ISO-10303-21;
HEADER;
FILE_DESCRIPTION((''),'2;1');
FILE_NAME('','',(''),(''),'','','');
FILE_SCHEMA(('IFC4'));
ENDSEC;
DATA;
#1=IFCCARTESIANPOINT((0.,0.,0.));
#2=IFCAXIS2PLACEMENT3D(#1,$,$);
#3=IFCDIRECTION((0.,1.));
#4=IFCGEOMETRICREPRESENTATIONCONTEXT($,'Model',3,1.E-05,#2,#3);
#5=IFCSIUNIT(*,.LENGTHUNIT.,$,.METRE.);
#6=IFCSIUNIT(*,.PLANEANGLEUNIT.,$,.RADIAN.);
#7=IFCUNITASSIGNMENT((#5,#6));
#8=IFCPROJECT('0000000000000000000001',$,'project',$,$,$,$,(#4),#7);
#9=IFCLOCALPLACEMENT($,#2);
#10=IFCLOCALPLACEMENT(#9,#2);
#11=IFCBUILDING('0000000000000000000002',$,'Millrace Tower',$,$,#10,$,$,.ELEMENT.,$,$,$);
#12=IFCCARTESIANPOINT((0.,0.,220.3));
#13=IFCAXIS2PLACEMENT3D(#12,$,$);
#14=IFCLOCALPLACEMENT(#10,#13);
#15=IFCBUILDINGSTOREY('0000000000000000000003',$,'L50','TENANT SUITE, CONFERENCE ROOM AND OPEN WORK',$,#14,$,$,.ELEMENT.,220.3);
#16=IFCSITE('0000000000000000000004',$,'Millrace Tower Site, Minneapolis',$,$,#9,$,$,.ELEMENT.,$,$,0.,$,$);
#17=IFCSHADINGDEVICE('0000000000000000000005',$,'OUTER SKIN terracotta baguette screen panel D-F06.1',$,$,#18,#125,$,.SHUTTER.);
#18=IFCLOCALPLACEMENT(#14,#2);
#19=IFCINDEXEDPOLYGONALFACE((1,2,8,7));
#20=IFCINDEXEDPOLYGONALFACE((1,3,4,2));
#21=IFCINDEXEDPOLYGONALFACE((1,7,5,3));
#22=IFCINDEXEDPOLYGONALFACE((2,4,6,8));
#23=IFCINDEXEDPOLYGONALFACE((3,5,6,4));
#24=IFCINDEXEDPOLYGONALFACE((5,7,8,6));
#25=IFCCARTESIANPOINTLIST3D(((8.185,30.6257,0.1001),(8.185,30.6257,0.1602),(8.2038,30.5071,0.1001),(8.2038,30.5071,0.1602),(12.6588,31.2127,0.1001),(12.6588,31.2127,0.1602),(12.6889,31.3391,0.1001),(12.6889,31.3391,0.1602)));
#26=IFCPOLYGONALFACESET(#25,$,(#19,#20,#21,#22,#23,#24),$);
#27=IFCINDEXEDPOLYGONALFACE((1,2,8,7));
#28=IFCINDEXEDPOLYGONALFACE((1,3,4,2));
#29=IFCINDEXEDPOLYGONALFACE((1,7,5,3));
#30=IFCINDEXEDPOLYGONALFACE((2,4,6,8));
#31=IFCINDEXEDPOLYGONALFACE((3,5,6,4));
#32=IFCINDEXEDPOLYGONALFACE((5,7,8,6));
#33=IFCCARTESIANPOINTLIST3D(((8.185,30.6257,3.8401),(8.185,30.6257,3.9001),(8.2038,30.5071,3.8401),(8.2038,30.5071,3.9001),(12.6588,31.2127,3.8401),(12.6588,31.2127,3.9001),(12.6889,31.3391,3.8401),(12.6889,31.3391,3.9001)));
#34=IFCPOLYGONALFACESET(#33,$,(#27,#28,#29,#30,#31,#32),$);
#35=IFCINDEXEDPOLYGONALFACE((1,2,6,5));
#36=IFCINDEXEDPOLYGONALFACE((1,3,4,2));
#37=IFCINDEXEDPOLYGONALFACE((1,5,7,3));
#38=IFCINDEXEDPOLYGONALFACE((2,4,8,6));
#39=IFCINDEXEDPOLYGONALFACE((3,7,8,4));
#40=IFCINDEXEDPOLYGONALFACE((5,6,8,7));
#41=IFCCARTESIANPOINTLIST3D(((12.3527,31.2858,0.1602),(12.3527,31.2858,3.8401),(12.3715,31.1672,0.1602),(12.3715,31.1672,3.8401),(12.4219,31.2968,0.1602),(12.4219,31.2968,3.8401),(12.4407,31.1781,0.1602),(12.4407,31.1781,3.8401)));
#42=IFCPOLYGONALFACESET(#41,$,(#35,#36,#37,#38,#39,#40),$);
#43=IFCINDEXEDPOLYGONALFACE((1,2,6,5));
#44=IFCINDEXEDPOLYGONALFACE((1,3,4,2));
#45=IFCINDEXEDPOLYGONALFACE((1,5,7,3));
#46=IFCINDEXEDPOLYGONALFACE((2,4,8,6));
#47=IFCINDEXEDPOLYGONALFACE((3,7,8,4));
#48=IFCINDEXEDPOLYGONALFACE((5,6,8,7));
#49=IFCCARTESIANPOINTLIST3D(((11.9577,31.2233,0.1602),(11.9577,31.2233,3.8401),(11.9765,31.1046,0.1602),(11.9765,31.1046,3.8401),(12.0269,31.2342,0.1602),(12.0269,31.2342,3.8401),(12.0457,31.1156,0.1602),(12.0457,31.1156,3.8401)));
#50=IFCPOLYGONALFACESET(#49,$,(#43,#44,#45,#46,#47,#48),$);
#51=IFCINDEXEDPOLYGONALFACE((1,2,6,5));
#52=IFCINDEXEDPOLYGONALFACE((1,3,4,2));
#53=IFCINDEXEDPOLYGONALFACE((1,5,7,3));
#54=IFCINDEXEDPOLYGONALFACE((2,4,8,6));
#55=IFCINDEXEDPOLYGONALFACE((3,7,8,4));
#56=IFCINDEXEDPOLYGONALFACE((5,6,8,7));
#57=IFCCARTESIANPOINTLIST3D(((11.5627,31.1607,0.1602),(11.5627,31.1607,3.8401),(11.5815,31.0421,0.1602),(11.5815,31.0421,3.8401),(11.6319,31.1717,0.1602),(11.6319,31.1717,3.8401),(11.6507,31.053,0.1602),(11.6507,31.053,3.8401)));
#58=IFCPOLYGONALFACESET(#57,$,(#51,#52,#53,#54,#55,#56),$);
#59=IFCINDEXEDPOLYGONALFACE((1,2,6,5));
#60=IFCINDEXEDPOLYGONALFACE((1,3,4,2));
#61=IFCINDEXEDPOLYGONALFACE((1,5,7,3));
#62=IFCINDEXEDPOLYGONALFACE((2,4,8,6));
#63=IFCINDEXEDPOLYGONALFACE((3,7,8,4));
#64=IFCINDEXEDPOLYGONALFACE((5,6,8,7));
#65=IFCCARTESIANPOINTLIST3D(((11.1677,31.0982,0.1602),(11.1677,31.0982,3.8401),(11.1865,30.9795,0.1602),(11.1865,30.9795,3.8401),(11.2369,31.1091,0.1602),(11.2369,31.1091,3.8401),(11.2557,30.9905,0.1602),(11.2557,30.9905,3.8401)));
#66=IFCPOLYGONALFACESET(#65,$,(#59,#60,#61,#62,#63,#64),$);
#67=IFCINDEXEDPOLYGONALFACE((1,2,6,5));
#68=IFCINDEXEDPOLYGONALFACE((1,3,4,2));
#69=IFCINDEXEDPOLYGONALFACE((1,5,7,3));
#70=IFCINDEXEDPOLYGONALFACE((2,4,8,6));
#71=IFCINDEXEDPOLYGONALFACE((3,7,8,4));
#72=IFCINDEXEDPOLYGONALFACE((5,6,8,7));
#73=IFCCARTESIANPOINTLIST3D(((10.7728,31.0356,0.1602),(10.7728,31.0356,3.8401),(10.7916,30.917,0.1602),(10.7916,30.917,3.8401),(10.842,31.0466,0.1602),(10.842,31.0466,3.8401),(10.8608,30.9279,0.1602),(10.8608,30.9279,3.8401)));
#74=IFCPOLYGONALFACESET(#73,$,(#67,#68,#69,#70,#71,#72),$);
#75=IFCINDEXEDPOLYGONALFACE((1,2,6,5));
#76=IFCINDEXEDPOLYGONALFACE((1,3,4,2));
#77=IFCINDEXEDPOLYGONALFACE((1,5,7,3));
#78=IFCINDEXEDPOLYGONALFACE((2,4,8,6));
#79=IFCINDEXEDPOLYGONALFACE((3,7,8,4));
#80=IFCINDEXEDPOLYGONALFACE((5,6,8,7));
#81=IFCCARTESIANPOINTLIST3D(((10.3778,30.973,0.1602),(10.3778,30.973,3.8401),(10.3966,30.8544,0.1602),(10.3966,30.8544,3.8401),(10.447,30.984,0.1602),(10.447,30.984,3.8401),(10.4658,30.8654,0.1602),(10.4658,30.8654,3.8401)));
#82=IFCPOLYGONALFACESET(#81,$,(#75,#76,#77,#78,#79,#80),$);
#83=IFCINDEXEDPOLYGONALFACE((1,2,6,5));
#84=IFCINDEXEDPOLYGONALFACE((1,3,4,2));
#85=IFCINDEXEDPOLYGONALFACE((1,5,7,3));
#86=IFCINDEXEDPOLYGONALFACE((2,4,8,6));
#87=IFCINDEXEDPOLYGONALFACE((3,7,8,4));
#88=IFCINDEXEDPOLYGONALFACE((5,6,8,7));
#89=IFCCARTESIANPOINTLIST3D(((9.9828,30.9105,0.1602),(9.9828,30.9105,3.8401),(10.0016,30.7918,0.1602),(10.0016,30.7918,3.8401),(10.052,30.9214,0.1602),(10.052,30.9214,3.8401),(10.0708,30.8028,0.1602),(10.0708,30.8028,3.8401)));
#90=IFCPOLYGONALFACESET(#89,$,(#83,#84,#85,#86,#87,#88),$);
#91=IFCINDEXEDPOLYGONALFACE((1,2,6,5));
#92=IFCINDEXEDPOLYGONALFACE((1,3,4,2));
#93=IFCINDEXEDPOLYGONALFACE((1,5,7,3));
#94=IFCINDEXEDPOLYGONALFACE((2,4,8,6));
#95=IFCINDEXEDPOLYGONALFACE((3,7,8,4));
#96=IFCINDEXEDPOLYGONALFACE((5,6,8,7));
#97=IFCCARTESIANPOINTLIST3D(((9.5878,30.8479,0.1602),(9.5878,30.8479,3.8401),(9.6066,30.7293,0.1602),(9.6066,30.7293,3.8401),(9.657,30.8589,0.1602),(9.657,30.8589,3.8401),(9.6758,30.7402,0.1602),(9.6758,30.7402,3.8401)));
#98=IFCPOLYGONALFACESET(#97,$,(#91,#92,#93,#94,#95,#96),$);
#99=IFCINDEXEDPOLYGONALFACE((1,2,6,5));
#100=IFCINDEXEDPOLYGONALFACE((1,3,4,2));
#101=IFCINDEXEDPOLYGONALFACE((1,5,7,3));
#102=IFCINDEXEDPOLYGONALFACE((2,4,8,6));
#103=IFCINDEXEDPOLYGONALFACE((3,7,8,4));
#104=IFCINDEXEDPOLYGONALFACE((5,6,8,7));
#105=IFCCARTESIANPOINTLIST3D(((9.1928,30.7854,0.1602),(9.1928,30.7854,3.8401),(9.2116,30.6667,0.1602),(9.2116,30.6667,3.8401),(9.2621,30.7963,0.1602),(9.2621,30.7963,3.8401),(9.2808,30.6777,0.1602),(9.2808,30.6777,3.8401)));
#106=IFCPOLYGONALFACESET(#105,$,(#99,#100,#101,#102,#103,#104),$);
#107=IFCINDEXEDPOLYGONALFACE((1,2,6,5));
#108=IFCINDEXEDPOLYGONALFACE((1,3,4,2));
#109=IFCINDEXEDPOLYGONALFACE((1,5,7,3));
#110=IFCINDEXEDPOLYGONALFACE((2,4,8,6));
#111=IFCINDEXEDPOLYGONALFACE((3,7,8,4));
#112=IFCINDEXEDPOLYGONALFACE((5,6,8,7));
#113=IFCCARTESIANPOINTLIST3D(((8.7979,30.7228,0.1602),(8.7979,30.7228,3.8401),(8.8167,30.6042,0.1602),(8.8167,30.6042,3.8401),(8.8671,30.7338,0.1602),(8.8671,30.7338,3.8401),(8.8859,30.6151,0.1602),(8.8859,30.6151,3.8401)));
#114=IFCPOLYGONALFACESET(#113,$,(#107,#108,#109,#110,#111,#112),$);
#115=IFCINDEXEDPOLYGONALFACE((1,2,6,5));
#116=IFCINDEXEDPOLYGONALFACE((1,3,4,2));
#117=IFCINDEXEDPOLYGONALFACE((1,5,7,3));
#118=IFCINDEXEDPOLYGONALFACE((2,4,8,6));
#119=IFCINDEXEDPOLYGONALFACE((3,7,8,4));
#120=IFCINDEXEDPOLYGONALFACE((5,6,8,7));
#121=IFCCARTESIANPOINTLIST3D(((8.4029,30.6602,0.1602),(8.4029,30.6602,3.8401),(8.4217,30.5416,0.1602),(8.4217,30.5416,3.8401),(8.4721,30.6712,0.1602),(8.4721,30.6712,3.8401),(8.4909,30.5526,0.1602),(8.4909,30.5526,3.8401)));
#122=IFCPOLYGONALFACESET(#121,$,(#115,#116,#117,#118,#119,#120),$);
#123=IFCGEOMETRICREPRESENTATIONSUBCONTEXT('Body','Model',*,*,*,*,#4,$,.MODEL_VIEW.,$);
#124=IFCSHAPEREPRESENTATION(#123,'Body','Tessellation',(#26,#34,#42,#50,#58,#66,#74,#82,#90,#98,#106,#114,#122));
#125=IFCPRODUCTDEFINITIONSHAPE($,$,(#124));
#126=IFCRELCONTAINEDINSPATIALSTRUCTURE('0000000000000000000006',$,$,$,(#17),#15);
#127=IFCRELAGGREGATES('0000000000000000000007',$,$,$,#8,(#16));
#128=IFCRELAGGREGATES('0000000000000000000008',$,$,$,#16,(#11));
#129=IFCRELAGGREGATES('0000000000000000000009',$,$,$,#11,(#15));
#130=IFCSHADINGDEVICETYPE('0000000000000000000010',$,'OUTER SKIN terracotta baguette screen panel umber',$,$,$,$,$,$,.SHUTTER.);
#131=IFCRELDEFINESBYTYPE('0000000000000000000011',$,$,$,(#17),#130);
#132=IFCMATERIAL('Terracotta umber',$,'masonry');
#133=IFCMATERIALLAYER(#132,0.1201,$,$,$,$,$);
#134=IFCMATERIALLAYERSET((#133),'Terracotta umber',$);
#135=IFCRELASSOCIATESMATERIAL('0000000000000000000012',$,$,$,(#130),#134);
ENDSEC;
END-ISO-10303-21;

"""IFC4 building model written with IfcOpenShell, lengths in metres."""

from ifc_helpers import new_model, entity, si_unit, direction, frame, frame_2d, origin, place, context, subcontext, project, spatial, rectangle, extrude, source, transform, mapped, material, layer, layer_set, type_object, element, save


model = new_model("IFC4")

# Units and contexts
model_context = context("Model", 3, precision=1e-05, world=origin(), true_north=direction((0.0, 1.0)))
body_context = subcontext(model_context, "Body", "Model", "MODEL_VIEW")
ifc_project = project(units=[si_unit("LENGTHUNIT", "METRE"), si_unit("PLANEANGLEUNIT", "RADIAN")], contexts=[model_context])

# Site, building, storey
site_placement = place(None, origin())
site = spatial("IfcSite", under=ifc_project, at=site_placement, Name="Millrace Tower Site, Minneapolis", CompositionType="ELEMENT", RefElevation=0.0)
building_placement = place(site_placement, origin())
building = spatial("IfcBuilding", under=site, at=building_placement, Name="Millrace Tower", CompositionType="ELEMENT")
storey_placement = place(building_placement, frame((0.0, 0.0, 220.3)))
storey = spatial("IfcBuildingStorey", under=building, at=storey_placement, Name="L50", Description="TENANT SUITE, CONFERENCE ROOM AND OPEN WORK", CompositionType="ELEMENT", Elevation=220.3)

# Shading device
ifc_material_1 = material(Name="Terracotta umber", Category="masonry")
ifc_layer_1 = layer(ifc_material_1, 0.1201)
ifc_layer_set_1 = layer_set([ifc_layer_1], Name="Terracotta umber")
shading_device_type = type_object("IfcShadingDeviceType", Name="OUTER SKIN terracotta baguette screen panel umber", PredefinedType="SHUTTER", material=ifc_layer_set_1)
cartesian_point_1 = entity("IfcCartesianPoint", [-2.2429, 0.0601])
shared_polyline_1 = entity("IfcPolyline", [cartesian_point_1, entity("IfcCartesianPoint", [2.2676, 0.0601]), entity("IfcCartesianPoint", [2.2676, -0.0601]), entity("IfcCartesianPoint", [-2.2925, -0.0601]), cartesian_point_1])
shared_shape_1 = source(origin(), body_context, "Body", "SweptSolid", [
    entity("IfcExtrudedAreaSolid", entity("IfcArbitraryClosedProfileDef", "AREA", None, shared_polyline_1), entity("IfcAxis2Placement3D", entity("IfcCartesianPoint", [0.0, 0.0, 0.0])), entity("IfcDirection", [0.0, 0.0, 1.0]), 0.0601),
    entity("IfcExtrudedAreaSolid", entity("IfcArbitraryClosedProfileDef", "AREA", None, shared_polyline_1), entity("IfcAxis2Placement3D", entity("IfcCartesianPoint", [0.0, 0.0, 3.74])), entity("IfcDirection", [0.0, 0.0, 1.0]), 0.0601),
    extrude(rectangle(XDim=0.0701, YDim=0.1201, at=frame_2d((-1.9871, 0.0))), frame((0.0, 0.0, 0.0601)), (0.0, 0.0, 1.0), 3.6799),
    extrude(rectangle(XDim=0.0701, YDim=0.1201, at=frame_2d((-1.5872, 0.0))), frame((0.0, 0.0, 0.0601)), (0.0, 0.0, 1.0), 3.6799),
    extrude(rectangle(XDim=0.0701, YDim=0.1201, at=frame_2d((-1.1873, 0.0))), frame((0.0, 0.0, 0.0601)), (0.0, 0.0, 1.0), 3.6799),
    extrude(rectangle(XDim=0.0701, YDim=0.1201, at=frame_2d((-0.7874, 0.0))), frame((0.0, 0.0, 0.0601)), (0.0, 0.0, 1.0), 3.6799),
    extrude(rectangle(XDim=0.0701, YDim=0.1201, at=frame_2d((-0.3875, 0.0))), frame((0.0, 0.0, 0.0601)), (0.0, 0.0, 1.0), 3.6799),
    extrude(rectangle(XDim=0.0701, YDim=0.1201, at=frame_2d((0.0125, 0.0))), frame((0.0, 0.0, 0.0601)), (0.0, 0.0, 1.0), 3.6799),
    extrude(rectangle(XDim=0.0701, YDim=0.1201, at=frame_2d((0.4124, 0.0))), frame((0.0, 0.0, 0.0601)), (0.0, 0.0, 1.0), 3.6799),
    extrude(rectangle(XDim=0.0701, YDim=0.1201, at=frame_2d((0.8123, 0.0))), frame((0.0, 0.0, 0.0601)), (0.0, 0.0, 1.0), 3.6799),
    extrude(rectangle(XDim=0.0701, YDim=0.1201, at=frame_2d((1.2122, 0.0))), frame((0.0, 0.0, 0.0601)), (0.0, 0.0, 1.0), 3.6799),
    extrude(rectangle(XDim=0.0701, YDim=0.1201, at=frame_2d((1.6121, 0.0))), frame((0.0, 0.0, 0.0601)), (0.0, 0.0, 1.0), 3.6799),
    extrude(rectangle(XDim=0.0701, YDim=0.1201, at=frame_2d((2.012, 0.0))), frame((0.0, 0.0, 0.0601)), (0.0, 0.0, 1.0), 3.6799),
])
shading_device_1_placement = place(storey_placement, frame((10.4341, 30.9211, 0.1001), z_axis=(0.0, 0.0, 1.0), x_axis=(-0.987688, -0.156434, 0.0)))
element("IfcShadingDevice", 1, at=shading_device_1_placement, inside=storey, type_object=shading_device_type, Name="OUTER SKIN terracotta baguette screen panel D-F06.1", PredefinedType="SHUTTER", context=body_context, shape_type="MappedRepresentation", body=[
    mapped(shared_shape_1, transform((0.0, 0.0, 0.0), scale=1.0)),
])

save(model, "model.ifc")
